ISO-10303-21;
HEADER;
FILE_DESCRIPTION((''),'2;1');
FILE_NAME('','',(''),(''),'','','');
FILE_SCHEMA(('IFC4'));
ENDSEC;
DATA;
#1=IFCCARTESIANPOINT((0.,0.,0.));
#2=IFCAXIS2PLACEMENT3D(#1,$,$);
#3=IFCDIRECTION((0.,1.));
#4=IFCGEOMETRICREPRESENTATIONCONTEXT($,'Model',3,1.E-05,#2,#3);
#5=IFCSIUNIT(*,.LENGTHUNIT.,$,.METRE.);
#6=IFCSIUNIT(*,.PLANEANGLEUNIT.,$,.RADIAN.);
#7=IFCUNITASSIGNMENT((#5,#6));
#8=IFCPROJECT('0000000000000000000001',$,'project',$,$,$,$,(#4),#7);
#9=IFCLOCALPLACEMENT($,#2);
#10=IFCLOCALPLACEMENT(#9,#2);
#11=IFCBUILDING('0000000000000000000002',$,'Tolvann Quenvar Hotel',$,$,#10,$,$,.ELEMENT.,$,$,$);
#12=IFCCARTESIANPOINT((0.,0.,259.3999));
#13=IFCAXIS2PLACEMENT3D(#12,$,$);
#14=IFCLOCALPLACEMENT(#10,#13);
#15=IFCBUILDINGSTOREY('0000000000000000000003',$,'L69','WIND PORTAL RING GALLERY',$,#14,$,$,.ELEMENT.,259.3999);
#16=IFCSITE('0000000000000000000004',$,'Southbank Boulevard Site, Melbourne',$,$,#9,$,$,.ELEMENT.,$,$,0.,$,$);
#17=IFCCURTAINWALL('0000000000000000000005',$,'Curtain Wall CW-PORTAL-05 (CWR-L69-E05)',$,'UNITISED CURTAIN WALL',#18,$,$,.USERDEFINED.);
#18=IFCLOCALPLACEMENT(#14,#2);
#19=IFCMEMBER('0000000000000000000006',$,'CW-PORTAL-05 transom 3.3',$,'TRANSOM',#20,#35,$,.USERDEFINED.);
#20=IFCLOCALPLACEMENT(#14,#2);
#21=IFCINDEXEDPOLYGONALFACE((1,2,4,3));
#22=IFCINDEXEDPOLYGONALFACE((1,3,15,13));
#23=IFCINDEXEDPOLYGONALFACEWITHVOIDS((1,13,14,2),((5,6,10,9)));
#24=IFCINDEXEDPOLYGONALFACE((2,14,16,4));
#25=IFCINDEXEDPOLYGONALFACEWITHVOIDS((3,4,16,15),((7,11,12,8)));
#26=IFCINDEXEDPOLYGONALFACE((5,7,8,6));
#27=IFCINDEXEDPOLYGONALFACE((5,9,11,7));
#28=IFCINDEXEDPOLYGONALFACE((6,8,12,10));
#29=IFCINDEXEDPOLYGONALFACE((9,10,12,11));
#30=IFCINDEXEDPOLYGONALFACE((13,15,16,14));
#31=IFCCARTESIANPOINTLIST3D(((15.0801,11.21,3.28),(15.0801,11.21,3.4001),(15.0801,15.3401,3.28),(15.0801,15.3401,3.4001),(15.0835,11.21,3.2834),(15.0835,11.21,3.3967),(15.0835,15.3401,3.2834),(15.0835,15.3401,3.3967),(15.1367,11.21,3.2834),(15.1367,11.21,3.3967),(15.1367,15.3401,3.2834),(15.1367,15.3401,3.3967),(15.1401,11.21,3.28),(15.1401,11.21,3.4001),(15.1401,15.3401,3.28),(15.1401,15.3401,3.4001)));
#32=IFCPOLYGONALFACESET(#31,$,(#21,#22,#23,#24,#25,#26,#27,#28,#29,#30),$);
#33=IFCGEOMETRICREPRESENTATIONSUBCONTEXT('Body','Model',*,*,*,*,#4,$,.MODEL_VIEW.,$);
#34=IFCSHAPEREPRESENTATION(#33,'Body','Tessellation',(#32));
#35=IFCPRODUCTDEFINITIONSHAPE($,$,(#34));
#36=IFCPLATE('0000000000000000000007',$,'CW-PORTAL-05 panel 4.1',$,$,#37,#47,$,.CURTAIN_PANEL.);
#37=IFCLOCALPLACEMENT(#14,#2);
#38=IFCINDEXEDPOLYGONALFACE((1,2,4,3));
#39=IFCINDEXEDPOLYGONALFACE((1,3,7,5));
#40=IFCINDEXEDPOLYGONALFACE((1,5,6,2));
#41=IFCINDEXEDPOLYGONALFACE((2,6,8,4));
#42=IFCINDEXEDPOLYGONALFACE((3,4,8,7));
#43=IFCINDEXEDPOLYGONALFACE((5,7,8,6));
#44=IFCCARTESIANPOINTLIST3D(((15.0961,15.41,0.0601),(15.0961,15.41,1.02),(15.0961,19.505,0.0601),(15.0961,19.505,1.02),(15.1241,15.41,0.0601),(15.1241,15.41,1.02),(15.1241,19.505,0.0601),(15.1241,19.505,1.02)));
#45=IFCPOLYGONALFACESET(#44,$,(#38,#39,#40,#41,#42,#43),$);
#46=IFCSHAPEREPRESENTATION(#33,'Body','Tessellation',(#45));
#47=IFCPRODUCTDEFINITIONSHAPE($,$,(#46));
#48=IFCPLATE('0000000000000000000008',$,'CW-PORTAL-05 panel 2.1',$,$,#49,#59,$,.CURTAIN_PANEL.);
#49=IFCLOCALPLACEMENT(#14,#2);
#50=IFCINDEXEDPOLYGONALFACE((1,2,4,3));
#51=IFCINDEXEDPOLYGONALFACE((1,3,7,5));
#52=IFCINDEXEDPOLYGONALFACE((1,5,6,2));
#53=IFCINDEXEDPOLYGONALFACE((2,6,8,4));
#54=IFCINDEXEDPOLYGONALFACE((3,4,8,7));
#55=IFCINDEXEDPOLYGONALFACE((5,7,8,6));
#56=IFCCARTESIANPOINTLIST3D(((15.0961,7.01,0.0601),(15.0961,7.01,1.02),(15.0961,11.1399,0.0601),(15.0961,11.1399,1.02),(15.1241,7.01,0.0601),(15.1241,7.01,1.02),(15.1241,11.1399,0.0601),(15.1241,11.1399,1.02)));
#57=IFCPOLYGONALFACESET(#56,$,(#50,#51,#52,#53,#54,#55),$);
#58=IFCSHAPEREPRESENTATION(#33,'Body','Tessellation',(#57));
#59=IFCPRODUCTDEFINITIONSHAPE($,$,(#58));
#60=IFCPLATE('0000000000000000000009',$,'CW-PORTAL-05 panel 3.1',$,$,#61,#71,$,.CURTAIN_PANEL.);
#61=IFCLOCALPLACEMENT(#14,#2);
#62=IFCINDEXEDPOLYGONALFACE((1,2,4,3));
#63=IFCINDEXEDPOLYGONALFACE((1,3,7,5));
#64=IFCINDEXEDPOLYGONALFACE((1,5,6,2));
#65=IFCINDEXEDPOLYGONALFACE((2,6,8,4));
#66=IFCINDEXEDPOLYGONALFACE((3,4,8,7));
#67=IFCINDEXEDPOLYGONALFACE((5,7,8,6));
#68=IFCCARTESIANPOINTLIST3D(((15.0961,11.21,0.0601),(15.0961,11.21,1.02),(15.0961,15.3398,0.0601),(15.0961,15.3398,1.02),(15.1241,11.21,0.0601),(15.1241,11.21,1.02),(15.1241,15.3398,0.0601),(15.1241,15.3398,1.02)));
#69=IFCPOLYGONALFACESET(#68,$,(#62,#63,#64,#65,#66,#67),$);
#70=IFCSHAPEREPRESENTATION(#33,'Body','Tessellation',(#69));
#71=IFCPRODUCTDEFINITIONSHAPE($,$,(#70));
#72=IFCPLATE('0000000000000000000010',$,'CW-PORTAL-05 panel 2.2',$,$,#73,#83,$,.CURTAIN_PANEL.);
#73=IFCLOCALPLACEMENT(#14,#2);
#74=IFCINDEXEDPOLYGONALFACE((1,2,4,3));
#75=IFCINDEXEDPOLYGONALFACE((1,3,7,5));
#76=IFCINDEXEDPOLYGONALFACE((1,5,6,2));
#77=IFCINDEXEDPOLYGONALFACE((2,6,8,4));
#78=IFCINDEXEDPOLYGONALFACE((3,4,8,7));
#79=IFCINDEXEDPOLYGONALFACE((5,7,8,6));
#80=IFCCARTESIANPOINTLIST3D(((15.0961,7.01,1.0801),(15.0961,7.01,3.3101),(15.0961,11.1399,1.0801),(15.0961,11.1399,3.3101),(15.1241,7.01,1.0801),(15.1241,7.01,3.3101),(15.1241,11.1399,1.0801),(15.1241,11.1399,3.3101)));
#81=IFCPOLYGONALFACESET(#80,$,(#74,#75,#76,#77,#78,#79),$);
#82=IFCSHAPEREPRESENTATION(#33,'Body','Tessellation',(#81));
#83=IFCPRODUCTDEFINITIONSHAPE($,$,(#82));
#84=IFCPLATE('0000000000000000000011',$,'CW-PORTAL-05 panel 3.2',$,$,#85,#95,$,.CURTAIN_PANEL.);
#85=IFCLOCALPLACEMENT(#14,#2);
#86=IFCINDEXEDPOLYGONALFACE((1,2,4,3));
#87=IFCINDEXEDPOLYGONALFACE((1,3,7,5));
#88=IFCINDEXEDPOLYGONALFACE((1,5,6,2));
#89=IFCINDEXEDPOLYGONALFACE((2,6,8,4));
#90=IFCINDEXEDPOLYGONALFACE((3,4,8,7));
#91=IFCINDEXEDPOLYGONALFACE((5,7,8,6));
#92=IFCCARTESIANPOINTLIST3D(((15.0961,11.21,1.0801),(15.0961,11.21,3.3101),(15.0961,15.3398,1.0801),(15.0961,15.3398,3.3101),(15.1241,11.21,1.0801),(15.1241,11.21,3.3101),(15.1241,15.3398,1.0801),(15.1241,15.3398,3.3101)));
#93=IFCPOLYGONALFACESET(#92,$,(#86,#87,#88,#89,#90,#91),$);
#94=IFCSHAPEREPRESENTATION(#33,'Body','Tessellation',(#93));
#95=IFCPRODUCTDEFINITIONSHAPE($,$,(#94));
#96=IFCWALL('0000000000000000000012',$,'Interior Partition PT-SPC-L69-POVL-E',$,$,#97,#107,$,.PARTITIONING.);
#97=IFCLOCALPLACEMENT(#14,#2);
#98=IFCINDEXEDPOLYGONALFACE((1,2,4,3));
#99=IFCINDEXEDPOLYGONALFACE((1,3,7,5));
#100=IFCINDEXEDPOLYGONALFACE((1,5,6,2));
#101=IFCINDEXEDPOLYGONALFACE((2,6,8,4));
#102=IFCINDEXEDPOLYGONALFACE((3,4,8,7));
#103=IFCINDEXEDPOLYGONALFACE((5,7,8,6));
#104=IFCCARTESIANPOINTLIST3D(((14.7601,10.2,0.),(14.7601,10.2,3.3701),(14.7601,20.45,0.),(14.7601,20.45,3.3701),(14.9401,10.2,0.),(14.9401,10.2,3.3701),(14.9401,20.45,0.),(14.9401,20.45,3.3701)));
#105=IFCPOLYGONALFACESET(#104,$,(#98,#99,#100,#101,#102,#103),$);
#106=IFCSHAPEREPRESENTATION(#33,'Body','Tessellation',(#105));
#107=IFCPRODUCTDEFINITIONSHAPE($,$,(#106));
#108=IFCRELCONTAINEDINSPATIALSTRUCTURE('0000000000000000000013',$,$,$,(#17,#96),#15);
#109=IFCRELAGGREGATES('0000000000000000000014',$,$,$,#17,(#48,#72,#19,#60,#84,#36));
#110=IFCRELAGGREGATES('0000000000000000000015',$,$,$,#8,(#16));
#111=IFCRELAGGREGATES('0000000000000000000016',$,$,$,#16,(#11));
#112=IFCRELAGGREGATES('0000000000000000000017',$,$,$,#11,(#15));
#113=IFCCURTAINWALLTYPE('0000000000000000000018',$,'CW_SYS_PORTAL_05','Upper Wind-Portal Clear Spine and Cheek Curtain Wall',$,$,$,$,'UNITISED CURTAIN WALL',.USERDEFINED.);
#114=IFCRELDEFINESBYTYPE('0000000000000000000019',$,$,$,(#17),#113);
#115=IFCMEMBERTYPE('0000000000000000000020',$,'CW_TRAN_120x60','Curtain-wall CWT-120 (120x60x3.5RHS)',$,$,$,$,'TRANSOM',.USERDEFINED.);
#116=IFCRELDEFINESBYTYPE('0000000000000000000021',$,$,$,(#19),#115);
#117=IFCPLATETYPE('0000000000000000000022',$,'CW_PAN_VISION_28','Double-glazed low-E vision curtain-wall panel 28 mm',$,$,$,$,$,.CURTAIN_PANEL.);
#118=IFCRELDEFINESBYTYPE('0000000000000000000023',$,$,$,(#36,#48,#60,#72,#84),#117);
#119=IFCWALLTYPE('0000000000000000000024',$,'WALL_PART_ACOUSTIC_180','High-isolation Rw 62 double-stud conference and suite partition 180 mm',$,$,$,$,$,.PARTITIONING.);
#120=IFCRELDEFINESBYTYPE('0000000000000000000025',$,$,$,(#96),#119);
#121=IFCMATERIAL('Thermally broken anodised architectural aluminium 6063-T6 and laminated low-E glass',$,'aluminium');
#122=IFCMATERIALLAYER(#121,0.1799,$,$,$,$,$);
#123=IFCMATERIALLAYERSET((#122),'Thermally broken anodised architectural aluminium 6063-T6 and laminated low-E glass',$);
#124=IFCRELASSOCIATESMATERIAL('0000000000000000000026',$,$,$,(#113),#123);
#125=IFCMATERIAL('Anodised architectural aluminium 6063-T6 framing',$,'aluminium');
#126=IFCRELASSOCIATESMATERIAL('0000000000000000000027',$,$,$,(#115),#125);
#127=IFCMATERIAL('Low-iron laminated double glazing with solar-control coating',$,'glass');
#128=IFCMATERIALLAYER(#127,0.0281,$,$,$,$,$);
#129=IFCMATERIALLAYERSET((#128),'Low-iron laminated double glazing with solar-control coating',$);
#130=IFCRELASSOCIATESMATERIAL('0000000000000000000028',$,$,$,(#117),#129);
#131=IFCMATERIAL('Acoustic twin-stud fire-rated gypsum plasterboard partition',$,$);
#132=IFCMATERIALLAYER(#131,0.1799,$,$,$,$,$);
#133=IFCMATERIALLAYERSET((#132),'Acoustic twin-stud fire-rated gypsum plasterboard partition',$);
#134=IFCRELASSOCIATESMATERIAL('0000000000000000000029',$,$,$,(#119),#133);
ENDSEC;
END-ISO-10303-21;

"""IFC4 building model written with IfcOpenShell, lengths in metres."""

from ifc_helpers import new_model, si_unit, direction, frame, frame_2d, origin, origin_2d, place, context, subcontext, project, spatial, rectangle, hollow_rectangle, extrude, source, transform, mapped, material, layer, layer_set, material_profile, profile_set, type_object, type_shapes, element, aggregate, save


model = new_model("IFC4")

# Units and contexts
model_context = context("Model", 3, precision=1e-05, world=origin(), true_north=direction((0.0, 1.0)))
body_context = subcontext(model_context, "Body", "Model", "MODEL_VIEW")
ifc_project = project(units=[si_unit("LENGTHUNIT", "METRE"), si_unit("PLANEANGLEUNIT", "RADIAN")], contexts=[model_context])

# Site, building, storey
site_placement = place(None, origin())
site = spatial("IfcSite", under=ifc_project, at=site_placement, Name="Southbank Boulevard Site, Melbourne", CompositionType="ELEMENT", RefElevation=0.0)
building_placement = place(site_placement, origin())
building = spatial("IfcBuilding", under=site, at=building_placement, Name="Tolvann Quenvar Hotel", CompositionType="ELEMENT")
storey_placement = place(building_placement, frame((0.0, 0.0, 259.3999)))
storey = spatial("IfcBuildingStorey", under=building, at=storey_placement, Name="L69", Description="WIND PORTAL RING GALLERY", CompositionType="ELEMENT", Elevation=259.3999)

# Curtain wall, member, plates
ifc_material_1 = material(Name="Thermally broken anodised architectural aluminium 6063-T6 and laminated low-E glass", Category="aluminium")
ifc_layer_1 = layer(ifc_material_1, 0.1799)
ifc_layer_set_1 = layer_set([ifc_layer_1], Name="Thermally broken anodised architectural aluminium 6063-T6 and laminated low-E glass")
curtain_wall_type = type_object("IfcCurtainWallType", Name="CW_SYS_PORTAL_05", Description="Upper Wind-Portal Clear Spine and Cheek Curtain Wall", ElementType="UNITISED CURTAIN WALL", PredefinedType="USERDEFINED", material=ifc_layer_set_1)
curtain_wall_placement = place(storey_placement, origin())
curtain_wall = element("IfcCurtainWall", 1, at=curtain_wall_placement, inside=storey, type_object=curtain_wall_type, Name="Curtain Wall CW-PORTAL-05 (CWR-L69-E05)", ObjectType="UNITISED CURTAIN WALL", PredefinedType="USERDEFINED")
ifc_material_2 = material(Name="Anodised architectural aluminium 6063-T6 framing", Category="aluminium")
ifc_material_profile_1 = material_profile(ifc_material_2, hollow_rectangle(XDim=0.0601, YDim=0.1201, WallThickness=0.0034, at=origin_2d()), Name="120x60x3.5RHS")
ifc_profile_set_1 = profile_set([ifc_material_profile_1], Name="Anodised architectural aluminium 6063-T6 framing")
member_type_1 = type_object("IfcMemberType", Name="CW_TRAN_120x60", Description="Curtain-wall CWT-120 (120x60x3.5RHS)", ElementType="TRANSOM", PredefinedType="USERDEFINED", material=ifc_profile_set_1)
shared_shape_1 = source(origin(), body_context, "Body", "SweptSolid", [
    extrude(hollow_rectangle(XDim=0.0601, YDim=0.1201, WallThickness=0.0034, at=origin_2d()), origin(), (0.0, 0.0, 1.0), 4.1301),
])
member_1_placement = place(storey_placement, frame((15.1101, 11.21, 3.3401), z_axis=(0.0, 1.0, 0.0), x_axis=(-1.0, 0.0, 0.0)))
member_1 = element("IfcMember", 2, at=member_1_placement, type_object=member_type_1, Name="CW-PORTAL-05 transom 3.3", ObjectType="TRANSOM", PredefinedType="USERDEFINED", context=body_context, shape_type="MappedRepresentation", body=[
    mapped(shared_shape_1, transform((0.0, 0.0, 0.0), x_axis=(1.0, 0.0, 0.0), y_axis=(0.0, 1.0, 0.0), z_axis=(0.0, 0.0, 1.0), scale=1.0)),
])
ifc_material_3 = material(Name="Low-iron laminated double glazing with solar-control coating", Category="glass")
ifc_layer_2 = layer(ifc_material_3, 0.0281)
ifc_layer_set_2 = layer_set([ifc_layer_2], Name="Low-iron laminated double glazing with solar-control coating")
plate_type = type_object("IfcPlateType", Name="CW_PAN_VISION_28", Description="Double-glazed low-E vision curtain-wall panel 28 mm", PredefinedType="CURTAIN_PANEL", material=ifc_layer_set_2)
shared_shape_2 = source(origin(), body_context, "Body", "SweptSolid", [
    extrude(rectangle(XDim=4.095, YDim=0.0281, at=origin_2d()), origin(), (0.0, 0.0, 1.0), 0.96),
])
plate_1_placement = place(storey_placement, frame((15.1101, 17.4575, 0.0601), z_axis=(0.0, 0.0, 1.0), x_axis=(0.0, 1.0, 0.0)))
plate_1 = element("IfcPlate", 3, at=plate_1_placement, type_object=plate_type, Name="CW-PORTAL-05 panel 4.1", PredefinedType="CURTAIN_PANEL", context=body_context, shape_type="MappedRepresentation", body=[
    mapped(shared_shape_2, transform((0.0, 0.0, 0.0), x_axis=(1.0, 0.0, 0.0), y_axis=(0.0, 1.0, 0.0), z_axis=(0.0, 0.0, 1.0), scale=1.0)),
])
shared_shape_3 = source(origin(), body_context, "Body", "SweptSolid", [
    extrude(rectangle(XDim=4.1299, YDim=0.0281, at=origin_2d()), origin(), (0.0, 0.0, 1.0), 0.96),
])
plate_2_placement = place(storey_placement, frame((15.1101, 9.075, 0.0601), z_axis=(0.0, 0.0, 1.0), x_axis=(0.0, 1.0, 0.0)))
plate_2 = element("IfcPlate", 4, at=plate_2_placement, type_object=plate_type, Name="CW-PORTAL-05 panel 2.1", PredefinedType="CURTAIN_PANEL", context=body_context, shape_type="MappedRepresentation", body=[
    mapped(shared_shape_3, transform((0.0, 0.0, 0.0), x_axis=(1.0, 0.0, 0.0), y_axis=(0.0, 1.0, 0.0), z_axis=(0.0, 0.0, 1.0), scale=1.0)),
])
plate_3_placement = place(storey_placement, frame((15.1101, 13.2749, 0.0601), z_axis=(0.0, 0.0, 1.0), x_axis=(0.0, 1.0, 0.0)))
plate_3 = element("IfcPlate", 5, at=plate_3_placement, type_object=plate_type, Name="CW-PORTAL-05 panel 3.1", PredefinedType="CURTAIN_PANEL", context=body_context, shape_type="MappedRepresentation", body=[
    mapped(shared_shape_3, transform((0.0, 0.0, 0.0), x_axis=(1.0, 0.0, 0.0), y_axis=(0.0, 1.0, 0.0), z_axis=(0.0, 0.0, 1.0), scale=1.0)),
])
shared_shape_4 = source(origin(), body_context, "Body", "SweptSolid", [
    extrude(rectangle(XDim=4.1299, YDim=0.0281, at=origin_2d()), origin(), (0.0, 0.0, 1.0), 2.23),
])
type_shapes(plate_type, [shared_shape_2, shared_shape_3, shared_shape_4])
plate_4_placement = place(storey_placement, frame((15.1101, 9.075, 1.0801), z_axis=(0.0, 0.0, 1.0), x_axis=(0.0, 1.0, 0.0)))
plate_4 = element("IfcPlate", 6, at=plate_4_placement, type_object=plate_type, Name="CW-PORTAL-05 panel 2.2", PredefinedType="CURTAIN_PANEL", context=body_context, shape_type="MappedRepresentation", body=[
    mapped(shared_shape_4, transform((0.0, 0.0, 0.0), x_axis=(1.0, 0.0, 0.0), y_axis=(0.0, 1.0, 0.0), z_axis=(0.0, 0.0, 1.0), scale=1.0)),
])
plate_5_placement = place(storey_placement, frame((15.1101, 13.2749, 1.0801), z_axis=(0.0, 0.0, 1.0), x_axis=(0.0, 1.0, 0.0)))
plate_5 = element("IfcPlate", 7, at=plate_5_placement, type_object=plate_type, Name="CW-PORTAL-05 panel 3.2", PredefinedType="CURTAIN_PANEL", context=body_context, shape_type="MappedRepresentation", body=[
    mapped(shared_shape_4, transform((0.0, 0.0, 0.0), x_axis=(1.0, 0.0, 0.0), y_axis=(0.0, 1.0, 0.0), z_axis=(0.0, 0.0, 1.0), scale=1.0)),
])
aggregate(curtain_wall, [plate_2, plate_4, member_1, plate_3, plate_5, plate_1])

# Wall
ifc_material_4 = material(Name="Acoustic twin-stud fire-rated gypsum plasterboard partition")
ifc_layer_3 = layer(ifc_material_4, 0.1799)
ifc_layer_set_3 = layer_set([ifc_layer_3], Name="Acoustic twin-stud fire-rated gypsum plasterboard partition")
wall_type = type_object("IfcWallType", Name="WALL_PART_ACOUSTIC_180", Description="High-isolation Rw 62 double-stud conference and suite partition 180 mm", PredefinedType="PARTITIONING", material=ifc_layer_set_3)
wall_placement = place(storey_placement, frame((14.8501, 10.2, 0.0), z_axis=(0.0, 0.0, 1.0), x_axis=(0.0, 1.0, 0.0)))
element("IfcWall", 8, at=wall_placement, inside=storey, type_object=wall_type, Name="Interior Partition PT-SPC-L69-POVL-E", PredefinedType="PARTITIONING", context=body_context, shape_type="SweptSolid", body=[
    extrude(rectangle(XDim=10.25, YDim=0.1799, at=frame_2d((5.125, 0.0))), origin(), (0.0, 0.0, 1.0), 3.3701),
])

save(model, "model.ifc")
